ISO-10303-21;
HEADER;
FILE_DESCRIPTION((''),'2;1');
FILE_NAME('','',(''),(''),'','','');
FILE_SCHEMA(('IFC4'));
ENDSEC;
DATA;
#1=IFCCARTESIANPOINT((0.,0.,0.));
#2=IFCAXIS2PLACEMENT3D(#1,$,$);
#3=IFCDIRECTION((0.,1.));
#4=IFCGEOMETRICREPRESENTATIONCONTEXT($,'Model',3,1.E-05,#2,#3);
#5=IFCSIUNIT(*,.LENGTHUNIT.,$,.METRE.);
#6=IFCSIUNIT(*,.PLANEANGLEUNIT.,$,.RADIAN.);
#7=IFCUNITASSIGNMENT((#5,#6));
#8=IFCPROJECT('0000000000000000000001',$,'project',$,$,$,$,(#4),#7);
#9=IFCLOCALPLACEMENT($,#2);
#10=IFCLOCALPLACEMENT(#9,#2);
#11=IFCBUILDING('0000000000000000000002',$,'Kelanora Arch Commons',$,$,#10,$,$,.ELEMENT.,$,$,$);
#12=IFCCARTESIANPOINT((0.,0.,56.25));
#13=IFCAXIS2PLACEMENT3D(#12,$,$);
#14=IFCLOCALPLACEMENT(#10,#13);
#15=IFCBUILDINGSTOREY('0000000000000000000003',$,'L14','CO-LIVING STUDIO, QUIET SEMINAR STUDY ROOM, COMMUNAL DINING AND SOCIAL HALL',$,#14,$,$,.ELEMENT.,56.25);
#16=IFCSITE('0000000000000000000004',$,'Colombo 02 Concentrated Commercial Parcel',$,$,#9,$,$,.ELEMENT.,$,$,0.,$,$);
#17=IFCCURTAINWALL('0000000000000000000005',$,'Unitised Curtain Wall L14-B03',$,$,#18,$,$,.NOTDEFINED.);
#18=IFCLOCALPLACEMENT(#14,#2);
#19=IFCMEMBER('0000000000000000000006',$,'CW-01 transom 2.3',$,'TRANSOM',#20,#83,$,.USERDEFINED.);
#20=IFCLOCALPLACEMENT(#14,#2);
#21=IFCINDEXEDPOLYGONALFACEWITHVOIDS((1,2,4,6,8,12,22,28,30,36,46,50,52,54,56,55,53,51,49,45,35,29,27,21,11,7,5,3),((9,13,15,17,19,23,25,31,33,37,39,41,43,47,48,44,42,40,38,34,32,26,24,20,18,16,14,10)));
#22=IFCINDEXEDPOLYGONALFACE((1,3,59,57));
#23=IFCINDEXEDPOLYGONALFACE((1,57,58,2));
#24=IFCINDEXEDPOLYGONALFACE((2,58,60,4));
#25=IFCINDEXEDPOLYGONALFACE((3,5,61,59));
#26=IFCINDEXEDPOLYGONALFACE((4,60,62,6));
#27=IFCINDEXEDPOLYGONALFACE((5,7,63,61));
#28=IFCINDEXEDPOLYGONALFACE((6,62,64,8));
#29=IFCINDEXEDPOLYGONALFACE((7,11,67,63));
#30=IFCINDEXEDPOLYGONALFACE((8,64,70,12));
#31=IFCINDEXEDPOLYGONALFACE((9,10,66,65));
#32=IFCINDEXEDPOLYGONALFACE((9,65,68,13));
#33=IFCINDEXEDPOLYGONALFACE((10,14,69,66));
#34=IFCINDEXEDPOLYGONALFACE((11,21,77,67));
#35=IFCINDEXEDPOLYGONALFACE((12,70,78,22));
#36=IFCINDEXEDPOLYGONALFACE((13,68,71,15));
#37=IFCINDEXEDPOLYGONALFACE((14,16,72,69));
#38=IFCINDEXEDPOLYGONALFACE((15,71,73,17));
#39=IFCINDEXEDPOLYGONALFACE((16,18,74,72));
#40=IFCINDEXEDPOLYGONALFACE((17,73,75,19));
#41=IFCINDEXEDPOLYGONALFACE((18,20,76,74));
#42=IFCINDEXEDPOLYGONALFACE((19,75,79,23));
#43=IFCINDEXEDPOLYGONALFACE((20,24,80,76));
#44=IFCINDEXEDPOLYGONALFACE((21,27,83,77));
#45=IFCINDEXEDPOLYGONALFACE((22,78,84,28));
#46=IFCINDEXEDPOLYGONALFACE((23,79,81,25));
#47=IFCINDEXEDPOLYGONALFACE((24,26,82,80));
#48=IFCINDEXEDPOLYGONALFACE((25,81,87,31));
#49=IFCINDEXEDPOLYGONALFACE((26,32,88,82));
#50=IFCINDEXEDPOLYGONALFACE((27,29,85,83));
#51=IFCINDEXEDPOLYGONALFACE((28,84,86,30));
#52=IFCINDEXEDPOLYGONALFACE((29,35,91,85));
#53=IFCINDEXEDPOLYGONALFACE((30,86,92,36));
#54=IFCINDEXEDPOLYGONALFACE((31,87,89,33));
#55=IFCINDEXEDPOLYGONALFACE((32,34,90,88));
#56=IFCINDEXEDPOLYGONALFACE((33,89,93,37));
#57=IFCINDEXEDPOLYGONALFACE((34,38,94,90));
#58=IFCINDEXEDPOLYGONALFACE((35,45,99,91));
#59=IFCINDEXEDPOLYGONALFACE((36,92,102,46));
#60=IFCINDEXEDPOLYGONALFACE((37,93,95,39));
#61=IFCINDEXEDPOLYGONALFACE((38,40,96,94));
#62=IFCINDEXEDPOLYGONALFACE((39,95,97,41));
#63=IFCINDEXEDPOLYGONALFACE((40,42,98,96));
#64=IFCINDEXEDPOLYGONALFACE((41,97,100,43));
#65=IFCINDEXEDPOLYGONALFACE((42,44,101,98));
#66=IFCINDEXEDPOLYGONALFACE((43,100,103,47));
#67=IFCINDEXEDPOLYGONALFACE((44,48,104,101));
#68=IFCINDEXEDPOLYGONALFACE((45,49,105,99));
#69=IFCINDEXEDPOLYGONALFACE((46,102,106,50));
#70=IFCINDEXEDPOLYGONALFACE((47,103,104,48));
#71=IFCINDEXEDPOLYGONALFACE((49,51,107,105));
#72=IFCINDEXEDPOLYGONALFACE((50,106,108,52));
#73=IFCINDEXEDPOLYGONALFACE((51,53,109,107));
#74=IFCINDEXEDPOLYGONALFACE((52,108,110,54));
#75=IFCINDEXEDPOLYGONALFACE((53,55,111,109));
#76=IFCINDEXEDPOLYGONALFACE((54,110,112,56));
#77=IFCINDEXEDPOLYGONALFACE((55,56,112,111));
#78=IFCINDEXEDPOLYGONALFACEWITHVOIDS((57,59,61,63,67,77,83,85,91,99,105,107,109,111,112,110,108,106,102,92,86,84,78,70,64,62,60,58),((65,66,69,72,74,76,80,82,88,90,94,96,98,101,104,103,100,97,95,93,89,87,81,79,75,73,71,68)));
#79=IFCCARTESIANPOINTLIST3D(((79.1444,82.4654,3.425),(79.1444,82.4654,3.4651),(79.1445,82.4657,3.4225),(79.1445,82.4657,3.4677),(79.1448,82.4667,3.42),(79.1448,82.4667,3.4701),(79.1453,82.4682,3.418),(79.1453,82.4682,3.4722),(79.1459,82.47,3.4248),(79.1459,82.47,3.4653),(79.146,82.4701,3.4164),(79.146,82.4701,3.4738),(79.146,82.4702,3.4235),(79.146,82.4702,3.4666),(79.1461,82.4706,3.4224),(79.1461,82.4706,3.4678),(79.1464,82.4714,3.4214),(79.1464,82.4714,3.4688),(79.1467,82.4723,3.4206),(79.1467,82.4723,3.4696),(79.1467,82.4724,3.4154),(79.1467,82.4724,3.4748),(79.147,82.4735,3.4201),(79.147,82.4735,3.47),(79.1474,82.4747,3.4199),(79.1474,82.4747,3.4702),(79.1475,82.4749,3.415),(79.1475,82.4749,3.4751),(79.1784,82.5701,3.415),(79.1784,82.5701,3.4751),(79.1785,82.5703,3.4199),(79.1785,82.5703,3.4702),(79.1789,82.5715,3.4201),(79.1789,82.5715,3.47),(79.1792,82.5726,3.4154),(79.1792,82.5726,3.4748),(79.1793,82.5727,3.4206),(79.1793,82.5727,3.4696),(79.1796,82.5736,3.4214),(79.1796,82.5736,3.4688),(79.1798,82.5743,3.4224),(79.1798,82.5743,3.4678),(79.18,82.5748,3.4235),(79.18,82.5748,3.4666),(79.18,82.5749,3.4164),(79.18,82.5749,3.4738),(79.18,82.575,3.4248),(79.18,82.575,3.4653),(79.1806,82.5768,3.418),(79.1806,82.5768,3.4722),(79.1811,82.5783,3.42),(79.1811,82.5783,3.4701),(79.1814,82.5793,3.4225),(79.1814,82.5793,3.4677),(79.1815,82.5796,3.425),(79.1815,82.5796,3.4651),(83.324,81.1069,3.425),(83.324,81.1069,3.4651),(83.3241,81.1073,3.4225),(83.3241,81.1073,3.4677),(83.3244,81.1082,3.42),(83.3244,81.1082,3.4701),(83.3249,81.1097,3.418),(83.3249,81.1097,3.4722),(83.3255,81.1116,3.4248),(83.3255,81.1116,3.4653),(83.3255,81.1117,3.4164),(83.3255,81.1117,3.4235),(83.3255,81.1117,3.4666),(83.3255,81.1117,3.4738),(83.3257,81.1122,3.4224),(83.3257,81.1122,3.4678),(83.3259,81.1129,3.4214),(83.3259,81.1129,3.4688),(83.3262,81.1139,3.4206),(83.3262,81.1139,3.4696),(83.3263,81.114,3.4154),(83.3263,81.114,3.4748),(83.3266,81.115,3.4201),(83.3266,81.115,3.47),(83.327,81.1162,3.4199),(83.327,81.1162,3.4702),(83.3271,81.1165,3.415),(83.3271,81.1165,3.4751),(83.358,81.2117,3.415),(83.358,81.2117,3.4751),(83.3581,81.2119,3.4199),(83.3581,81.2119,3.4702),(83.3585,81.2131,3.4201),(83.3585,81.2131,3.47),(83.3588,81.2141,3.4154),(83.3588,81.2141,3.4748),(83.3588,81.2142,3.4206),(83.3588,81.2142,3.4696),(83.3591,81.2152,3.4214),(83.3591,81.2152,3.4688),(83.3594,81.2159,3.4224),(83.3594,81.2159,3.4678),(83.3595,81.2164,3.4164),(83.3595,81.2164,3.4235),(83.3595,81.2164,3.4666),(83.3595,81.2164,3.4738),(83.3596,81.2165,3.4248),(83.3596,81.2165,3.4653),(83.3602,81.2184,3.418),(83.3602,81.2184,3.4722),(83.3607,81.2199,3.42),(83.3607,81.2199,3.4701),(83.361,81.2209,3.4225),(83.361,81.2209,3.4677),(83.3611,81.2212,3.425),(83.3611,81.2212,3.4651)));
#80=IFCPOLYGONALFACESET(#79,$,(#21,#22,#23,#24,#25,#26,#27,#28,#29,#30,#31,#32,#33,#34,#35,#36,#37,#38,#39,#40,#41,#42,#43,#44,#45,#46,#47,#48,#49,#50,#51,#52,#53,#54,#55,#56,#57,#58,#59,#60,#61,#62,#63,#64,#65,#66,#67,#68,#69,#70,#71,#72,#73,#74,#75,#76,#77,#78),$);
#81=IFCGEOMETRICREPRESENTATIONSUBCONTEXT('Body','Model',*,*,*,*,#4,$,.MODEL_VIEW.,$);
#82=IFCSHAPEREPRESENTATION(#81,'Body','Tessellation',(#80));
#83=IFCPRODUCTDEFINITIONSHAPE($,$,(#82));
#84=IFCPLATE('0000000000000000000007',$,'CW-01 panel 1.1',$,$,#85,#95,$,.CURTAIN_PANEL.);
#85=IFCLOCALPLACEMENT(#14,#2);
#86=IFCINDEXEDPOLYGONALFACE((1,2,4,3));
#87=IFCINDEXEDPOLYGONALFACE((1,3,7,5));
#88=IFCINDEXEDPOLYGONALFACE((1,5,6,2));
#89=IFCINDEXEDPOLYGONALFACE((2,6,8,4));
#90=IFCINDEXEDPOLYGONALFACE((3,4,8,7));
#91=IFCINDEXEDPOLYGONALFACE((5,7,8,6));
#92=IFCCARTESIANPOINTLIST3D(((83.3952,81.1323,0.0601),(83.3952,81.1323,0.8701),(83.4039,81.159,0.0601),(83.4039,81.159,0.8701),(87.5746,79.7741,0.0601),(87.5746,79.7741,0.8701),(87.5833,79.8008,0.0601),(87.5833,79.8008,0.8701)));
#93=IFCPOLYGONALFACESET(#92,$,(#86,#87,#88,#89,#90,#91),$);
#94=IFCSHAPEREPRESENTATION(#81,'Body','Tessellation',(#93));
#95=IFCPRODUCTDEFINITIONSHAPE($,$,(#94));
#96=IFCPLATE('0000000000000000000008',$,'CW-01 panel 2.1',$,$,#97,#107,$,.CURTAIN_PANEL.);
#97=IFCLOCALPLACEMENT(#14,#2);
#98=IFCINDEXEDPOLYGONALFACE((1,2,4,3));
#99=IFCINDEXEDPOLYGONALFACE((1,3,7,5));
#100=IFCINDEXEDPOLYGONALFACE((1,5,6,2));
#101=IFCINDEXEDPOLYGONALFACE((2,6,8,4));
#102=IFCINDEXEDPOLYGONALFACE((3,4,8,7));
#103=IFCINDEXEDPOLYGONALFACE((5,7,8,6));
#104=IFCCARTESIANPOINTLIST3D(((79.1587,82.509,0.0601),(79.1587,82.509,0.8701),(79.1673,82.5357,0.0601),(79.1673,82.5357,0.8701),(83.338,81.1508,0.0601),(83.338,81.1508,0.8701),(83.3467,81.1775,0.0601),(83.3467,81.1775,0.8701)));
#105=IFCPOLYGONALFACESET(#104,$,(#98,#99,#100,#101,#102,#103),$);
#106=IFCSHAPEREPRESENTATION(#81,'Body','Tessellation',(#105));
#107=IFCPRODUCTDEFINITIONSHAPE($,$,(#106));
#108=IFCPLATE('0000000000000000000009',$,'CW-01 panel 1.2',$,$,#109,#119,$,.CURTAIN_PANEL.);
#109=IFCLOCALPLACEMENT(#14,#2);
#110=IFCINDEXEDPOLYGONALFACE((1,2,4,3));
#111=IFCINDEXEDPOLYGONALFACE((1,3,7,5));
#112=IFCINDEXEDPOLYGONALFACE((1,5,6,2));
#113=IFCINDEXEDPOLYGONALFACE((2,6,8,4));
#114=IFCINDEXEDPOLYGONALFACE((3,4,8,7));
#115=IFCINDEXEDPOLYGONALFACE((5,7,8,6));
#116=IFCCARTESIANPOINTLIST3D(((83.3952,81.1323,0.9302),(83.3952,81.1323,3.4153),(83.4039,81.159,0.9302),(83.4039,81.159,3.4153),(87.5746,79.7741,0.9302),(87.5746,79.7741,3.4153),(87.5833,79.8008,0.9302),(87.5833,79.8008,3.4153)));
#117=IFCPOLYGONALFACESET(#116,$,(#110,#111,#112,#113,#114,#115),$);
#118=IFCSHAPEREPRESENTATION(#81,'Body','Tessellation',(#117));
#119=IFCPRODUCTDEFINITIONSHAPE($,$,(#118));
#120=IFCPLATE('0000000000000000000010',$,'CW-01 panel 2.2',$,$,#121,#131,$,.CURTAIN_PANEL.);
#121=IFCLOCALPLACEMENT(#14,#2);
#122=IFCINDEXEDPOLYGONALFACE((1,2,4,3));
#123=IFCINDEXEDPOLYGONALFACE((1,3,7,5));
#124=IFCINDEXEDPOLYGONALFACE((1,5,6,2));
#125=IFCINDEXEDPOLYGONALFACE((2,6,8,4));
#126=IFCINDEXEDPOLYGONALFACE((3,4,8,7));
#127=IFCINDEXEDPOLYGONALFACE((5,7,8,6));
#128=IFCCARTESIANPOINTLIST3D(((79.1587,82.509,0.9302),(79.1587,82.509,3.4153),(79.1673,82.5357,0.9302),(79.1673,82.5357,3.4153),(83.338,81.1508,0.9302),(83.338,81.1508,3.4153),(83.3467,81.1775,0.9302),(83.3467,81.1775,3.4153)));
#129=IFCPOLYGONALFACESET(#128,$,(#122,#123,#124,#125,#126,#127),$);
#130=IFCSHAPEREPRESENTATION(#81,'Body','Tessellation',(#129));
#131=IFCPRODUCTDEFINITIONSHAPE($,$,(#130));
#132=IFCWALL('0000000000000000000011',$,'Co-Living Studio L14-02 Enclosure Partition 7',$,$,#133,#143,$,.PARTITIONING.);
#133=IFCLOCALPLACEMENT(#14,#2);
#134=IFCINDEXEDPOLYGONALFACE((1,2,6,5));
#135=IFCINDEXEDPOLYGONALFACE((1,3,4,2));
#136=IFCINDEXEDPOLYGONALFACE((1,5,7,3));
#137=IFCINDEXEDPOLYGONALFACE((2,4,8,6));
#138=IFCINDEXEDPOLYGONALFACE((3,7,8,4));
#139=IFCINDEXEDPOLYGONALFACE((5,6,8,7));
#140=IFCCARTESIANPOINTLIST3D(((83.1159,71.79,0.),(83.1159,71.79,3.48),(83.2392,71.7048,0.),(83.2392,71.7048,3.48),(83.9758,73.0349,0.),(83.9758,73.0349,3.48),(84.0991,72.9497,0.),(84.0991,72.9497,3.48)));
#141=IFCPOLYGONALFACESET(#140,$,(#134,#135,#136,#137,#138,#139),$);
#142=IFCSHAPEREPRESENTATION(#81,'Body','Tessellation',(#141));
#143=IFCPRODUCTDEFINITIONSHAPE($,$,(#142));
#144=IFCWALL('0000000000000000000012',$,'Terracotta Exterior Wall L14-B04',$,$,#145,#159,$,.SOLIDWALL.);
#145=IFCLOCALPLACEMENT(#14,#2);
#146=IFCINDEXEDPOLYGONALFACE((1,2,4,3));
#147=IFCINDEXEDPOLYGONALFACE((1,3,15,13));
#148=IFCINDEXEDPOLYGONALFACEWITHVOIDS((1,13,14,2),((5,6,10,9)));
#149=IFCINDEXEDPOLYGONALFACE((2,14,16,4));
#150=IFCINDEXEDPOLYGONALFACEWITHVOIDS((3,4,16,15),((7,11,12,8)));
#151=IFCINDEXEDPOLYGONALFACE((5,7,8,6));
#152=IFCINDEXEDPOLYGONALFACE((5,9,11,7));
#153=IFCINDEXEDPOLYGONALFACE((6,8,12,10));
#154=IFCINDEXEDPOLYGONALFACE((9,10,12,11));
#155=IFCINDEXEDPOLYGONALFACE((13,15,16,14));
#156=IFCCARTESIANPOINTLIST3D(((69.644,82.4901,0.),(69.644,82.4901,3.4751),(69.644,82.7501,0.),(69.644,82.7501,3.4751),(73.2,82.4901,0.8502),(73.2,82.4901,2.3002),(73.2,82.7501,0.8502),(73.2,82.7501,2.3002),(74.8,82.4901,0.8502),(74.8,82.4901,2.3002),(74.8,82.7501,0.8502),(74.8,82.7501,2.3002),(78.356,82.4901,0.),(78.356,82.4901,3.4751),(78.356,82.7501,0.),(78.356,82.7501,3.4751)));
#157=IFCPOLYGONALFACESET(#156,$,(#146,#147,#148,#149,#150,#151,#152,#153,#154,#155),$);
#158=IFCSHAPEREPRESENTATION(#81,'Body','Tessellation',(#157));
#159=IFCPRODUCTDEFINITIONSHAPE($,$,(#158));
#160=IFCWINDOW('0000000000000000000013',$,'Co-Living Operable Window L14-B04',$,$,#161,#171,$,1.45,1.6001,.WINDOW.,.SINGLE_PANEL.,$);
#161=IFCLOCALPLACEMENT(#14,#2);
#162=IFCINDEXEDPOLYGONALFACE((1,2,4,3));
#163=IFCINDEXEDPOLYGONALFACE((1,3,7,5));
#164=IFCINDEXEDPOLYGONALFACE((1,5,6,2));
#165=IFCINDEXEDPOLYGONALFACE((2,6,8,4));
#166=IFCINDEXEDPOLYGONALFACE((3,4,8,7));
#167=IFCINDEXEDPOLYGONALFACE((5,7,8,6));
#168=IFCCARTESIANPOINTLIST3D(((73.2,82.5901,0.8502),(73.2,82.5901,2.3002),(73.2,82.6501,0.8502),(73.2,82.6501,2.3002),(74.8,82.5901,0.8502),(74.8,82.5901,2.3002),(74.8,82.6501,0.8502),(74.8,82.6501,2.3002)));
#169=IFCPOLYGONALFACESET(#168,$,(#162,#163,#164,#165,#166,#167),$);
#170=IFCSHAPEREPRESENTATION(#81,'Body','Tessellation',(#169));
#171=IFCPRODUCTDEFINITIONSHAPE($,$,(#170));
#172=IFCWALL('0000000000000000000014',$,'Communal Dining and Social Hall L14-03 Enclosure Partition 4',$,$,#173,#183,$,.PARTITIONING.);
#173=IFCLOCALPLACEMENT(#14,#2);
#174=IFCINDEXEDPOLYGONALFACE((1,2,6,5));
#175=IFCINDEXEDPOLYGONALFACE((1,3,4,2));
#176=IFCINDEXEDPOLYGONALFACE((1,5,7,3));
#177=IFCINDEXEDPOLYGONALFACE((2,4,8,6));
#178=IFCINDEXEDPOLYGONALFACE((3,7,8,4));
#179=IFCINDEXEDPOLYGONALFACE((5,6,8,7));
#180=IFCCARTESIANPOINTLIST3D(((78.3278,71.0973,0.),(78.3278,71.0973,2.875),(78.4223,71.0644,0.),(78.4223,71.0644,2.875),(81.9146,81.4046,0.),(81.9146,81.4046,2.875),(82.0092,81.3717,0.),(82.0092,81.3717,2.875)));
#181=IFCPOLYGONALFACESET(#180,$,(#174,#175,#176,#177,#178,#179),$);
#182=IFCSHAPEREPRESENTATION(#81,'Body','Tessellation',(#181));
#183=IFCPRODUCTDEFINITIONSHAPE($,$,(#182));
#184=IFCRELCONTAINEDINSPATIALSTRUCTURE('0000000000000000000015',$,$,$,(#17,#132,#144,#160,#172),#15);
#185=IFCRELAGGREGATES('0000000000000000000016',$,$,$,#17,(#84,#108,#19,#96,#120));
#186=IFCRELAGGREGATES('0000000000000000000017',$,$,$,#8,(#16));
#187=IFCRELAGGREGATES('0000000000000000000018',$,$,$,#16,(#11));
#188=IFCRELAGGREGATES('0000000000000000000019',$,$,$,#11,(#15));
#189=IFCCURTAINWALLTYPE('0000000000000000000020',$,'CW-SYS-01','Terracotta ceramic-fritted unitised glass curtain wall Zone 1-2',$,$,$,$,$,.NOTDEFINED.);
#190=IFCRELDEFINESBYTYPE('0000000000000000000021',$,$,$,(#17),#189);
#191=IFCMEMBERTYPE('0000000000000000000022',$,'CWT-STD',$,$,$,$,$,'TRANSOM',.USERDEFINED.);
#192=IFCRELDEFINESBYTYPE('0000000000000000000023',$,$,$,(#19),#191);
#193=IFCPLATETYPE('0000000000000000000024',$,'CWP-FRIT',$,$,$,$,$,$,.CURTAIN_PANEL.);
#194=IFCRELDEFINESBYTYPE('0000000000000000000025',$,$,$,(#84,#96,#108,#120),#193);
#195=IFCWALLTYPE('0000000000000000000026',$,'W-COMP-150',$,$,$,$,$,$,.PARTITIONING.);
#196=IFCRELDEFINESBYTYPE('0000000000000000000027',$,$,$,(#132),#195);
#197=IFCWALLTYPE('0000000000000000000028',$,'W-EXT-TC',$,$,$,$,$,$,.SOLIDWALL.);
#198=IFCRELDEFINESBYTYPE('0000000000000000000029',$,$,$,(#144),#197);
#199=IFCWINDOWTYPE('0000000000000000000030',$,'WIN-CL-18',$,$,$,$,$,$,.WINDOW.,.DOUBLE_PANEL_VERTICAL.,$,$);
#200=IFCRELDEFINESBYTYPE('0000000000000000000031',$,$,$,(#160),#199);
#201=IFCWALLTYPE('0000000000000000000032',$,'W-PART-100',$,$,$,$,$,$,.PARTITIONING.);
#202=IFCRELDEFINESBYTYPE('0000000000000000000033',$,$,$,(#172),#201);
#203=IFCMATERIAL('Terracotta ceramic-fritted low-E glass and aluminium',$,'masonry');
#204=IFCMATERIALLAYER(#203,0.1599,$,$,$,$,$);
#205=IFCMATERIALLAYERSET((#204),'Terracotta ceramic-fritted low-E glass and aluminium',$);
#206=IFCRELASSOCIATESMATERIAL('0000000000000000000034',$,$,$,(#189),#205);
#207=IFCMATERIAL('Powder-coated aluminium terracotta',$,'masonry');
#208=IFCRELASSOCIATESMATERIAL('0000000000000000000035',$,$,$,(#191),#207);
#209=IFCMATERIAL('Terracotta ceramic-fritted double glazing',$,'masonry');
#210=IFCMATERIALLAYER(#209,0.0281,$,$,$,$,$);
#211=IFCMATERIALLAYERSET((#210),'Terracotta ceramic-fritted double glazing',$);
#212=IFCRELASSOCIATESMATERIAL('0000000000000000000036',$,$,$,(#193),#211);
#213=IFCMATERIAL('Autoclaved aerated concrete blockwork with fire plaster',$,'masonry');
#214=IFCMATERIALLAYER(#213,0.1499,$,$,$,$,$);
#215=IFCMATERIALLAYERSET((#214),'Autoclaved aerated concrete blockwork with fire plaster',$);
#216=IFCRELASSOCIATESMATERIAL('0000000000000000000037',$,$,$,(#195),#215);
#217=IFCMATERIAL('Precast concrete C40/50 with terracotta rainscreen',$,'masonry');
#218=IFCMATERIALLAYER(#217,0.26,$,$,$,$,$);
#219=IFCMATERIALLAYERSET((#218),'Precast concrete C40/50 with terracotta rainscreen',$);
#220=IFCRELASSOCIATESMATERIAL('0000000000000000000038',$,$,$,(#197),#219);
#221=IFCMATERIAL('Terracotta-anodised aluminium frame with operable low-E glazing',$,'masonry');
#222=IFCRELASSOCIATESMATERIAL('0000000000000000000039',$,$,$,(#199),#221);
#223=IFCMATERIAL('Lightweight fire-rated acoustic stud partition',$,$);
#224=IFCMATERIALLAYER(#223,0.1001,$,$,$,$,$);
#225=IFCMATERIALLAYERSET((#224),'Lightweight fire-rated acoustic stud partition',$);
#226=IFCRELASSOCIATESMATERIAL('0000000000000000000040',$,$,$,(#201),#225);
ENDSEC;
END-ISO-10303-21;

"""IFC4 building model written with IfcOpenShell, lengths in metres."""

from ifc_helpers import new_model, si_unit, direction, frame, frame_2d, origin, origin_2d, place, context, subcontext, project, spatial, rectangle, hollow_rectangle, extrude, source, transform, mapped, material, layer, layer_set, material_profile, profile_set, type_object, element, fill, aggregate, save


model = new_model("IFC4")

# Units and contexts
model_context = context("Model", 3, precision=1e-05, world=origin(), true_north=direction((0.0, 1.0)))
body_context = subcontext(model_context, "Body", "Model", "MODEL_VIEW")
ifc_project = project(units=[si_unit("LENGTHUNIT", "METRE"), si_unit("PLANEANGLEUNIT", "RADIAN")], contexts=[model_context])

# Site, building, storey
site_placement = place(None, origin())
site = spatial("IfcSite", under=ifc_project, at=site_placement, Name="Colombo 02 Concentrated Commercial Parcel", CompositionType="ELEMENT", RefElevation=0.0)
building_placement = place(site_placement, origin())
building = spatial("IfcBuilding", under=site, at=building_placement, Name="Kelanora Arch Commons", CompositionType="ELEMENT")
storey_placement = place(building_placement, frame((0.0, 0.0, 56.25)))
storey = spatial("IfcBuildingStorey", under=building, at=storey_placement, Name="L14", Description="CO-LIVING STUDIO, QUIET SEMINAR STUDY ROOM, COMMUNAL DINING AND SOCIAL HALL", CompositionType="ELEMENT", Elevation=56.25)

# Curtain wall, member, plates
ifc_material_1 = material(Name="Terracotta ceramic-fritted low-E glass and aluminium", Category="masonry")
ifc_layer_1 = layer(ifc_material_1, 0.1599)
ifc_layer_set_1 = layer_set([ifc_layer_1], Name="Terracotta ceramic-fritted low-E glass and aluminium")
curtain_wall_type = type_object("IfcCurtainWallType", Name="CW-SYS-01", Description="Terracotta ceramic-fritted unitised glass curtain wall Zone 1-2", PredefinedType="NOTDEFINED", material=ifc_layer_set_1)
curtain_wall_placement = place(storey_placement, origin())
curtain_wall = element("IfcCurtainWall", 1, at=curtain_wall_placement, inside=storey, type_object=curtain_wall_type, Name="Unitised Curtain Wall L14-B03", PredefinedType="NOTDEFINED")
ifc_material_2 = material(Name="Powder-coated aluminium terracotta", Category="masonry")
ifc_material_profile_1 = material_profile(ifc_material_2, hollow_rectangle(XDim=0.1201, YDim=0.0601, WallThickness=0.0049, InnerFilletRadius=0.0049, OuterFilletRadius=0.01, at=origin_2d()), Name="CWT120x60")
ifc_profile_set_1 = profile_set([ifc_material_profile_1], Name="Powder-coated aluminium terracotta")
member_type_1 = type_object("IfcMemberType", Name="CWT-STD", ElementType="TRANSOM", PredefinedType="USERDEFINED", material=ifc_profile_set_1)
member_1_placement = place(storey_placement, frame((83.3425, 81.1641, 3.4451), z_axis=(-0.951029, 0.309102, 0.0), x_axis=(-0.309102, -0.951029, 0.0)))
member_1 = element("IfcMember", 2, at=member_1_placement, type_object=member_type_1, Name="CW-01 transom 2.3", ObjectType="TRANSOM", PredefinedType="USERDEFINED", context=body_context, shape_type="SweptSolid", body=[
    extrude(hollow_rectangle(XDim=0.1201, YDim=0.0601, WallThickness=0.0049, InnerFilletRadius=0.0049, OuterFilletRadius=0.01, at=origin_2d()), origin(), (0.0, 0.0, 1.0), 4.3948),
])
ifc_material_3 = material(Name="Terracotta ceramic-fritted double glazing", Category="masonry")
ifc_layer_2 = layer(ifc_material_3, 0.0281)
ifc_layer_set_2 = layer_set([ifc_layer_2], Name="Terracotta ceramic-fritted double glazing")
plate_type = type_object("IfcPlateType", Name="CWP-FRIT", PredefinedType="CURTAIN_PANEL", material=ifc_layer_set_2)
shared_shape_1 = source(origin(), body_context, "Body", "SweptSolid", [
    extrude(rectangle(XDim=4.3945, YDim=0.0281, at=origin_2d()), origin(), (0.0, 0.0, 1.0), 0.8101),
])
plate_1_placement = place(storey_placement, frame((85.4893, 80.4666, 0.0601), z_axis=(0.0, 0.0, 1.0), x_axis=(-0.951043, 0.309058, 0.0)))
plate_1 = element("IfcPlate", 3, at=plate_1_placement, type_object=plate_type, Name="CW-01 panel 1.1", PredefinedType="CURTAIN_PANEL", context=body_context, shape_type="MappedRepresentation", body=[
    mapped(shared_shape_1, transform((0.0, 0.0, 0.0), scale=1.0)),
])
plate_2_placement = place(storey_placement, frame((81.2527, 81.8433, 0.0601), z_axis=(0.0, 0.0, 1.0), x_axis=(-0.951043, 0.309058, 0.0)))
plate_2 = element("IfcPlate", 4, at=plate_2_placement, type_object=plate_type, Name="CW-01 panel 2.1", PredefinedType="CURTAIN_PANEL", context=body_context, shape_type="MappedRepresentation", body=[
    mapped(shared_shape_1, transform((0.0, 0.0, 0.0), scale=1.0)),
])
shared_shape_2 = source(origin(), body_context, "Body", "SweptSolid", [
    extrude(rectangle(XDim=4.3945, YDim=0.0281, at=origin_2d()), origin(), (0.0, 0.0, 1.0), 2.4851),
])
plate_3_placement = place(storey_placement, frame((85.4893, 80.4666, 0.9302), z_axis=(0.0, 0.0, 1.0), x_axis=(-0.951043, 0.309058, 0.0)))
plate_3 = element("IfcPlate", 5, at=plate_3_placement, type_object=plate_type, Name="CW-01 panel 1.2", PredefinedType="CURTAIN_PANEL", context=body_context, shape_type="MappedRepresentation", body=[
    mapped(shared_shape_2, transform((0.0, 0.0, 0.0), scale=1.0)),
])
plate_4_placement = place(storey_placement, frame((81.2527, 81.8433, 0.9302), z_axis=(0.0, 0.0, 1.0), x_axis=(-0.951043, 0.309058, 0.0)))
plate_4 = element("IfcPlate", 6, at=plate_4_placement, type_object=plate_type, Name="CW-01 panel 2.2", PredefinedType="CURTAIN_PANEL", context=body_context, shape_type="MappedRepresentation", body=[
    mapped(shared_shape_2, transform((0.0, 0.0, 0.0), scale=1.0)),
])
aggregate(curtain_wall, [plate_1, plate_3, member_1, plate_2, plate_4])

# Wall
ifc_material_4 = material(Name="Autoclaved aerated concrete blockwork with fire plaster", Category="masonry")
ifc_layer_3 = layer(ifc_material_4, 0.1499)
ifc_layer_set_3 = layer_set([ifc_layer_3], Name="Autoclaved aerated concrete blockwork with fire plaster")
wall_type_1 = type_object("IfcWallType", Name="W-COMP-150", PredefinedType="PARTITIONING", material=ifc_layer_set_3)
wall_1_placement = place(storey_placement, frame((84.0374, 72.9922, 0.0), z_axis=(0.0, 0.0, 1.0), x_axis=(-0.568329, -0.822802, 0.0)))
element("IfcWall", 7, at=wall_1_placement, inside=storey, type_object=wall_type_1, Name="Co-Living Studio L14-02 Enclosure Partition 7", PredefinedType="PARTITIONING", context=body_context, shape_type="SweptSolid", body=[
    extrude(rectangle(XDim=1.5129, YDim=0.1499, at=frame_2d((0.7563, 0.0))), origin(), (0.0, 0.0, 1.0), 3.48),
])

# Wall, opening, window
ifc_material_5 = material(Name="Precast concrete C40/50 with terracotta rainscreen", Category="masonry")
ifc_layer_4 = layer(ifc_material_5, 0.26)
ifc_layer_set_4 = layer_set([ifc_layer_4], Name="Precast concrete C40/50 with terracotta rainscreen")
wall_type_2 = type_object("IfcWallType", Name="W-EXT-TC", PredefinedType="SOLIDWALL", material=ifc_layer_set_4)
wall_2_placement = place(storey_placement, frame((78.356, 82.6201, 0.0), z_axis=(0.0, 0.0, 1.0), x_axis=(-1.0, 0.0, 0.0)))
wall_2 = element("IfcWall", 8, at=wall_2_placement, inside=storey, type_object=wall_type_2, Name="Terracotta Exterior Wall L14-B04", PredefinedType="SOLIDWALL", context=body_context, shape_type="SweptSolid", body=[
    extrude(rectangle(XDim=8.7119, YDim=0.26, at=frame_2d((4.356, 0.0))), origin(), (0.0, 0.0, 1.0), 3.4751),
])
opening_placement = place(wall_2_placement, frame((3.5559, 0.0, 0.8501)))
opening = element("IfcOpeningElement", 9, at=opening_placement, cuts=wall_2, PredefinedType="OPENING", context=body_context, shape_type="SweptSolid", body=[
    extrude(rectangle(XDim=1.6001, YDim=1.45, at=frame_2d((0.8, 0.7251))), frame((0.0, 0.1401, 0.0), z_axis=(0.0, -1.0, 0.0), x_axis=(1.0, 0.0, 0.0)), (0.0, 0.0, 1.0), 0.28),
])
ifc_material_6 = material(Name="Terracotta-anodised aluminium frame with operable low-E glazing", Category="masonry")
window_type = type_object("IfcWindowType", Name="WIN-CL-18", PartitioningType="DOUBLE_PANEL_VERTICAL", PredefinedType="WINDOW", material=ifc_material_6)
window_placement = place(opening_placement, origin())
window = element("IfcWindow", 10, at=window_placement, inside=storey, type_object=window_type, Name="Co-Living Operable Window L14-B04", OverallHeight=1.45, OverallWidth=1.6001, PartitioningType="SINGLE_PANEL", PredefinedType="WINDOW", context=body_context, shape_type="SweptSolid", body=[
    extrude(rectangle(XDim=1.6001, YDim=1.45, at=frame_2d((0.8, 0.7251))), frame((0.0, 0.03, 0.0), z_axis=(0.0, -1.0, 0.0), x_axis=(1.0, 0.0, 0.0)), (0.0, 0.0, 1.0), 0.0601),
])
fill(opening, window)

# Wall
ifc_material_7 = material(Name="Lightweight fire-rated acoustic stud partition")
ifc_layer_5 = layer(ifc_material_7, 0.1001)
ifc_layer_set_5 = layer_set([ifc_layer_5], Name="Lightweight fire-rated acoustic stud partition")
wall_type_3 = type_object("IfcWallType", Name="W-PART-100", PredefinedType="PARTITIONING", material=ifc_layer_set_5)
wall_3_placement = place(storey_placement, frame((81.9619, 81.3882, 0.0), z_axis=(0.0, 0.0, 1.0), x_axis=(-0.328663, -0.944447, 0.0)))
element("IfcWall", 11, at=wall_3_placement, inside=storey, type_object=wall_type_3, Name="Communal Dining and Social Hall L14-03 Enclosure Partition 4", PredefinedType="PARTITIONING", context=body_context, shape_type="SweptSolid", body=[
    extrude(rectangle(XDim=10.9136, YDim=0.1001, at=frame_2d((5.4568, 0.0))), origin(), (0.0, 0.0, 1.0), 2.875),
])

save(model, "model.ifc")
